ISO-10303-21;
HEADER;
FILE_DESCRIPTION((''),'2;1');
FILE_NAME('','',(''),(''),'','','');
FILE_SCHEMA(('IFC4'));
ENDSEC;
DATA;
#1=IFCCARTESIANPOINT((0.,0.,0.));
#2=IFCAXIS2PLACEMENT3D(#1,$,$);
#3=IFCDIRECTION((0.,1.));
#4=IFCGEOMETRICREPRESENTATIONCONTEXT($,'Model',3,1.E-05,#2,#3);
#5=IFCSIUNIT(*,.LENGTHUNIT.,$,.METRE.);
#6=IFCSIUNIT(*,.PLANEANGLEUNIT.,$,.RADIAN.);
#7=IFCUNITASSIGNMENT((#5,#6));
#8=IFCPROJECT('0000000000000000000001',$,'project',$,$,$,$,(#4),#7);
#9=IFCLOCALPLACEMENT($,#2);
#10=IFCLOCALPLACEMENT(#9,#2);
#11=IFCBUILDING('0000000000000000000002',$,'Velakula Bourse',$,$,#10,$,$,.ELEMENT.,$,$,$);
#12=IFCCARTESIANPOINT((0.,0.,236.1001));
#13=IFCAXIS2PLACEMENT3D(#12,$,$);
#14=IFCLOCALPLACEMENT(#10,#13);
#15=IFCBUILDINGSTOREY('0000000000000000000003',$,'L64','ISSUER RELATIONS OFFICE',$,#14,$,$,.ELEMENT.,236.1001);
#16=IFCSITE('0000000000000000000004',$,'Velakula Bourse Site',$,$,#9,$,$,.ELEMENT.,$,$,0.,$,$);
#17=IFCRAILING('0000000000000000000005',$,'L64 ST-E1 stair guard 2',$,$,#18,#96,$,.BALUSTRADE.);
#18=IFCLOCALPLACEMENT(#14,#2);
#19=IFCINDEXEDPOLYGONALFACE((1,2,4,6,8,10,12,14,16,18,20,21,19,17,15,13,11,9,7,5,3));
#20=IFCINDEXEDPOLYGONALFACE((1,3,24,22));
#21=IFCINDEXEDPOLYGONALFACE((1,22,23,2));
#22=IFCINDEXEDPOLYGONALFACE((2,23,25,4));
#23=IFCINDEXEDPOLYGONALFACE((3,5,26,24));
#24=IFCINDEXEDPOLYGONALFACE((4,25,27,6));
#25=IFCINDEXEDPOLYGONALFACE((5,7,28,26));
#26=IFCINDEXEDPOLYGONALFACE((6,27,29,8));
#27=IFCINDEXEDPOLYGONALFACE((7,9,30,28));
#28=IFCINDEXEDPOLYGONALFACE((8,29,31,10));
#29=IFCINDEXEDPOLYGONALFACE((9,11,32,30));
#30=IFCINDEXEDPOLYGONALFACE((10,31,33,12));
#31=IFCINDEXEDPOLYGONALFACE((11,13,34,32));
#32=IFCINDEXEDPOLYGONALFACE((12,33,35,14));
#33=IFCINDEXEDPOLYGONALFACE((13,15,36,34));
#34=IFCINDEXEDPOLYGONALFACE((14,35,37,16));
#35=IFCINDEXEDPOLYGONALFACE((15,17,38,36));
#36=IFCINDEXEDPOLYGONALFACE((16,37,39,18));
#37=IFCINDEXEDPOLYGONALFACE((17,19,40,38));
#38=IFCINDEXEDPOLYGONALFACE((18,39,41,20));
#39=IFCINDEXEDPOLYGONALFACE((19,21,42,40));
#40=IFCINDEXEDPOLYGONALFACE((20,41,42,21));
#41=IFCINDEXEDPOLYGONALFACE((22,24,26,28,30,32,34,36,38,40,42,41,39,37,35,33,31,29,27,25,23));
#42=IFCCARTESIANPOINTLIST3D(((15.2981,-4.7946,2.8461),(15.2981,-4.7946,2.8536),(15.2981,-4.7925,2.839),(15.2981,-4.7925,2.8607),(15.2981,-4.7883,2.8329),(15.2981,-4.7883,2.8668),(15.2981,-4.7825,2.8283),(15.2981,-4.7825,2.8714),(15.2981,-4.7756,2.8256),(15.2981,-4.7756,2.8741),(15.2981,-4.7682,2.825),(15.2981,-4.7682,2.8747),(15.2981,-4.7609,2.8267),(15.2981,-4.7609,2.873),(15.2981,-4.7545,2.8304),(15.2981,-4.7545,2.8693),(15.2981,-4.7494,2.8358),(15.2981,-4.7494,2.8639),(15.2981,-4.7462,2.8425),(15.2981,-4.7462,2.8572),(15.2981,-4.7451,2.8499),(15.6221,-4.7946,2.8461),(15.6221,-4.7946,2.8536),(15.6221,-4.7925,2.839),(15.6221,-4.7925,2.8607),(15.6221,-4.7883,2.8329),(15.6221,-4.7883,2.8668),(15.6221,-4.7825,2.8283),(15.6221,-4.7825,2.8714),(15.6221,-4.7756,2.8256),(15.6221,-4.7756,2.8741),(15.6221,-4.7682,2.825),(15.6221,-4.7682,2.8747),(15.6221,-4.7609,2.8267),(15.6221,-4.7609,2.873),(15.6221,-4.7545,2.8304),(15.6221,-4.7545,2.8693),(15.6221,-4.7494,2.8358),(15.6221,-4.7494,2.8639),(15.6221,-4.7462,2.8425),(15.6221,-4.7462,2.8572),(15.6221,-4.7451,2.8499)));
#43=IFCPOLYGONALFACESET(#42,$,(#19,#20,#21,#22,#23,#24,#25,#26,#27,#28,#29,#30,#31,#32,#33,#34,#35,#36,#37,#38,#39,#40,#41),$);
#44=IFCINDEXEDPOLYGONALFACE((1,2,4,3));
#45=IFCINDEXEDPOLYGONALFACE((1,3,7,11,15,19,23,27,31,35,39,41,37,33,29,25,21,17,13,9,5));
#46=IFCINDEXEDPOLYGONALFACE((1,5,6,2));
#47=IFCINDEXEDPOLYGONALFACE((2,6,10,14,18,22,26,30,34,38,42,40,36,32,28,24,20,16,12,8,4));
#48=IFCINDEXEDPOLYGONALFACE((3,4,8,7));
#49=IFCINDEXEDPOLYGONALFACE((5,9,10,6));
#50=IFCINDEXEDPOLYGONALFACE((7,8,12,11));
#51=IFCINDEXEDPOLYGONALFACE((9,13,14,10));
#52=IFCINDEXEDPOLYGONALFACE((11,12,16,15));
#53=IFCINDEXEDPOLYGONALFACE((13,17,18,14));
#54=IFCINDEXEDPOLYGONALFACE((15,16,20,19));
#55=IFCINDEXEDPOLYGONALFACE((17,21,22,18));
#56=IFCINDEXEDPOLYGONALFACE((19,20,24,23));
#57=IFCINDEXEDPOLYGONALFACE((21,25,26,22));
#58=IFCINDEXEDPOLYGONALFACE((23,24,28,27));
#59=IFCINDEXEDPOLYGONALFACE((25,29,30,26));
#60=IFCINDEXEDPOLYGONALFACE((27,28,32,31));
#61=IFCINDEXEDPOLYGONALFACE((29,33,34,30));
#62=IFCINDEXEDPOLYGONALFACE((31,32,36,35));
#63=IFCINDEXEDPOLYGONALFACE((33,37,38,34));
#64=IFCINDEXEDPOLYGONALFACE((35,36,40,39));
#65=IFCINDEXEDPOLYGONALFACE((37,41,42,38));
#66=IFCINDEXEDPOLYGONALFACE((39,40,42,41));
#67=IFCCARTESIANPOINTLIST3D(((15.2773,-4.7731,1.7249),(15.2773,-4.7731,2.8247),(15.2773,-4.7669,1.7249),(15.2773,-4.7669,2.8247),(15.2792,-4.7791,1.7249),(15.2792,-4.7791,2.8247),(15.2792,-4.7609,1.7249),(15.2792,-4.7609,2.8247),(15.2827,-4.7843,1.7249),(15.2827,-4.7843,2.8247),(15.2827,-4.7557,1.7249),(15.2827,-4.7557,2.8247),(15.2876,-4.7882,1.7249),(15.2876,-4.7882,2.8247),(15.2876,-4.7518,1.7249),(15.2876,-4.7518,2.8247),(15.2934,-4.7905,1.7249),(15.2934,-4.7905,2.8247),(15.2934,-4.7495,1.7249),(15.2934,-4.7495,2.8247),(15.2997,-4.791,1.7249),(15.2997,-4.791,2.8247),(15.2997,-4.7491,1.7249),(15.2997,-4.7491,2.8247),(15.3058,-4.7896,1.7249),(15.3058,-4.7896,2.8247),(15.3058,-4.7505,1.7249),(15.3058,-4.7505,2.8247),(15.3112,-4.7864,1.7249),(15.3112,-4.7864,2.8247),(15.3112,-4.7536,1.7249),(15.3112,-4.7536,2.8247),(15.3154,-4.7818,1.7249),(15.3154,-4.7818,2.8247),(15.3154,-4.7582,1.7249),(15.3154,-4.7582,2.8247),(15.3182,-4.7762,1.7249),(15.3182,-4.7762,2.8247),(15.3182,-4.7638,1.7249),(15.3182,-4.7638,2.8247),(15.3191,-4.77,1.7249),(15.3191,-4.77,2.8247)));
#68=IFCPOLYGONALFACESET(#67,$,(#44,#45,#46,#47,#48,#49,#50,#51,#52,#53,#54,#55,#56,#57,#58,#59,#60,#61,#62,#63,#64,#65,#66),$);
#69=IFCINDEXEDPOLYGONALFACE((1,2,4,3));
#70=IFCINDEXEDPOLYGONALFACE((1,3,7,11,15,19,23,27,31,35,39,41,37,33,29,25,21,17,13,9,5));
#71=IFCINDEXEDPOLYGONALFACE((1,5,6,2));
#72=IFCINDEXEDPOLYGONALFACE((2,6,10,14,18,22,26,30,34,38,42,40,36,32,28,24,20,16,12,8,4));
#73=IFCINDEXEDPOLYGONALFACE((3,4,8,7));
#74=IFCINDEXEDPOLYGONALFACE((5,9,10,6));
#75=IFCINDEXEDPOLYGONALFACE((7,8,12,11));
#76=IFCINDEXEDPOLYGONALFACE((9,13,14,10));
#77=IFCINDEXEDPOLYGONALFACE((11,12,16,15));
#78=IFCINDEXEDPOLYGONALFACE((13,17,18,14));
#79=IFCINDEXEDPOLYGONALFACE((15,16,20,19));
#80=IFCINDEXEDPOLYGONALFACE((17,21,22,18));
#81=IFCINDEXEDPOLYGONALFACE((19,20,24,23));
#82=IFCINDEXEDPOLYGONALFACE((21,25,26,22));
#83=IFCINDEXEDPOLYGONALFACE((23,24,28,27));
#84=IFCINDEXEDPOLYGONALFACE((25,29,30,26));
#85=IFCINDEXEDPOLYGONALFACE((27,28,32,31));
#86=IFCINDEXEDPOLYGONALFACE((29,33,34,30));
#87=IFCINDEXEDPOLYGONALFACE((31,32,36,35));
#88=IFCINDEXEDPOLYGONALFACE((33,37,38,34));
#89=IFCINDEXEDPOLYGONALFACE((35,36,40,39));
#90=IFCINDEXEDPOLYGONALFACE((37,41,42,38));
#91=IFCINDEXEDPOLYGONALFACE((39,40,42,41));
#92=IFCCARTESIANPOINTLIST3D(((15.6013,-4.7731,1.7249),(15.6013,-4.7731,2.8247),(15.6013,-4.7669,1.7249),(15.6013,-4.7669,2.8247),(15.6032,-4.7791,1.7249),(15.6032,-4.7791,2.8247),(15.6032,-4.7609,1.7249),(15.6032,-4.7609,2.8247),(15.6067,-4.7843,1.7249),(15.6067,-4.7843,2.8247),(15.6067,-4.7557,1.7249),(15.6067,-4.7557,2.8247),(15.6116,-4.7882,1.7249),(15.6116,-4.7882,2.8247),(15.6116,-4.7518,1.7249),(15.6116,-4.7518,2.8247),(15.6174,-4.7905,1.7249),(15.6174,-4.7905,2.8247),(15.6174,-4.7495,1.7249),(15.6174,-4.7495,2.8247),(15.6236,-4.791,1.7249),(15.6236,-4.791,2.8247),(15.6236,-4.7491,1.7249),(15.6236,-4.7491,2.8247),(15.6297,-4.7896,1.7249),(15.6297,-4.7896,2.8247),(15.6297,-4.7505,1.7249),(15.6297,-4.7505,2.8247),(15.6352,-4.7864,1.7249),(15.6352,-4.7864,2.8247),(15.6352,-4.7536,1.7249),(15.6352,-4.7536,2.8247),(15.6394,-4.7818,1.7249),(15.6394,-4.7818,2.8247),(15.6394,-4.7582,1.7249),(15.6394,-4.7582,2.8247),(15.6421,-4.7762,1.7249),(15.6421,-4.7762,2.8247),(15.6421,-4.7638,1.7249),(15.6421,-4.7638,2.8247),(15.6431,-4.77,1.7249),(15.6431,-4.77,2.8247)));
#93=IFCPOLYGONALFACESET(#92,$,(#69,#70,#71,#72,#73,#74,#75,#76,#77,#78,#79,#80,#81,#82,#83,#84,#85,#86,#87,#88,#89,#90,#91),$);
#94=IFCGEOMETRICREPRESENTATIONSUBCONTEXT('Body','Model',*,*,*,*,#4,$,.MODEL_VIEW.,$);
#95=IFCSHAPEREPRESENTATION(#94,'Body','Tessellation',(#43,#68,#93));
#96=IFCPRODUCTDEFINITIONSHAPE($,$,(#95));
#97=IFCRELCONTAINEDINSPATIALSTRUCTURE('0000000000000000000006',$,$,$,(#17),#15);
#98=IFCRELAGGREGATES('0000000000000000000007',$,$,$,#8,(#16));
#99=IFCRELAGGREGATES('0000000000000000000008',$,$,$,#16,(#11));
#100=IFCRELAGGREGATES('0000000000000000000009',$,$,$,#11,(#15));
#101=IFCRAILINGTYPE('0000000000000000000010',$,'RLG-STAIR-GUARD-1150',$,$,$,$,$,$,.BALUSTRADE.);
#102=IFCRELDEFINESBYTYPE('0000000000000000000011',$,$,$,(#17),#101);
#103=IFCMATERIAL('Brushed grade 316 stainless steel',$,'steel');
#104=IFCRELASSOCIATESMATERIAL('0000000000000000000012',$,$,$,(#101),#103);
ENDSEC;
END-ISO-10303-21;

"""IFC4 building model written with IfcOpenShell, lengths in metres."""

from ifc_helpers import new_model, si_unit, direction, frame, origin, origin_2d, place, context, subcontext, project, spatial, circle, extrude, material, type_object, element, save


model = new_model("IFC4")

# Units and contexts
model_context = context("Model", 3, precision=1e-05, world=origin(), true_north=direction((0.0, 1.0)))
body_context = subcontext(model_context, "Body", "Model", "MODEL_VIEW")
ifc_project = project(units=[si_unit("LENGTHUNIT", "METRE"), si_unit("PLANEANGLEUNIT", "RADIAN")], contexts=[model_context])

# Site, building, storey
site_placement = place(None, origin())
site = spatial("IfcSite", under=ifc_project, at=site_placement, Name="Velakula Bourse Site", CompositionType="ELEMENT", RefElevation=0.0)
building_placement = place(site_placement, origin())
building = spatial("IfcBuilding", under=site, at=building_placement, Name="Velakula Bourse", CompositionType="ELEMENT")
storey_placement = place(building_placement, frame((0.0, 0.0, 236.1001)))
storey = spatial("IfcBuildingStorey", under=building, at=storey_placement, Name="L64", Description="ISSUER RELATIONS OFFICE", CompositionType="ELEMENT", Elevation=236.1001)

# Shared definitions
ifc_material_1 = material(Name="Brushed grade 316 stainless steel", Category="steel")

# Railing
railing_type_1 = type_object("IfcRailingType", Name="RLG-STAIR-GUARD-1150", PredefinedType="BALUSTRADE", material=ifc_material_1)
railing_1_placement = place(storey_placement, frame((15.2981, -4.77, 1.7249)))
element("IfcRailing", 1, at=railing_1_placement, inside=storey, type_object=railing_type_1, Name="L64 ST-E1 stair guard 2", PredefinedType="BALUSTRADE", context=body_context, shape_type="SweptSolid", body=[
    extrude(circle(Radius=0.0249, at=origin_2d()), frame((0.0, 0.0, 1.125), z_axis=(1.0, 0.0, 0.0), x_axis=(0.0, 1.0, 0.0)), (0.0, 0.0, 1.0), 0.324),
    extrude(circle(Radius=0.021, at=origin_2d()), origin(), (0.0, 0.0, 1.0), 1.0999),
    extrude(circle(Radius=0.021, at=origin_2d()), frame((0.324, 0.0, 0.0)), (0.0, 0.0, 1.0), 1.0999),
])

save(model, "model.ifc")
